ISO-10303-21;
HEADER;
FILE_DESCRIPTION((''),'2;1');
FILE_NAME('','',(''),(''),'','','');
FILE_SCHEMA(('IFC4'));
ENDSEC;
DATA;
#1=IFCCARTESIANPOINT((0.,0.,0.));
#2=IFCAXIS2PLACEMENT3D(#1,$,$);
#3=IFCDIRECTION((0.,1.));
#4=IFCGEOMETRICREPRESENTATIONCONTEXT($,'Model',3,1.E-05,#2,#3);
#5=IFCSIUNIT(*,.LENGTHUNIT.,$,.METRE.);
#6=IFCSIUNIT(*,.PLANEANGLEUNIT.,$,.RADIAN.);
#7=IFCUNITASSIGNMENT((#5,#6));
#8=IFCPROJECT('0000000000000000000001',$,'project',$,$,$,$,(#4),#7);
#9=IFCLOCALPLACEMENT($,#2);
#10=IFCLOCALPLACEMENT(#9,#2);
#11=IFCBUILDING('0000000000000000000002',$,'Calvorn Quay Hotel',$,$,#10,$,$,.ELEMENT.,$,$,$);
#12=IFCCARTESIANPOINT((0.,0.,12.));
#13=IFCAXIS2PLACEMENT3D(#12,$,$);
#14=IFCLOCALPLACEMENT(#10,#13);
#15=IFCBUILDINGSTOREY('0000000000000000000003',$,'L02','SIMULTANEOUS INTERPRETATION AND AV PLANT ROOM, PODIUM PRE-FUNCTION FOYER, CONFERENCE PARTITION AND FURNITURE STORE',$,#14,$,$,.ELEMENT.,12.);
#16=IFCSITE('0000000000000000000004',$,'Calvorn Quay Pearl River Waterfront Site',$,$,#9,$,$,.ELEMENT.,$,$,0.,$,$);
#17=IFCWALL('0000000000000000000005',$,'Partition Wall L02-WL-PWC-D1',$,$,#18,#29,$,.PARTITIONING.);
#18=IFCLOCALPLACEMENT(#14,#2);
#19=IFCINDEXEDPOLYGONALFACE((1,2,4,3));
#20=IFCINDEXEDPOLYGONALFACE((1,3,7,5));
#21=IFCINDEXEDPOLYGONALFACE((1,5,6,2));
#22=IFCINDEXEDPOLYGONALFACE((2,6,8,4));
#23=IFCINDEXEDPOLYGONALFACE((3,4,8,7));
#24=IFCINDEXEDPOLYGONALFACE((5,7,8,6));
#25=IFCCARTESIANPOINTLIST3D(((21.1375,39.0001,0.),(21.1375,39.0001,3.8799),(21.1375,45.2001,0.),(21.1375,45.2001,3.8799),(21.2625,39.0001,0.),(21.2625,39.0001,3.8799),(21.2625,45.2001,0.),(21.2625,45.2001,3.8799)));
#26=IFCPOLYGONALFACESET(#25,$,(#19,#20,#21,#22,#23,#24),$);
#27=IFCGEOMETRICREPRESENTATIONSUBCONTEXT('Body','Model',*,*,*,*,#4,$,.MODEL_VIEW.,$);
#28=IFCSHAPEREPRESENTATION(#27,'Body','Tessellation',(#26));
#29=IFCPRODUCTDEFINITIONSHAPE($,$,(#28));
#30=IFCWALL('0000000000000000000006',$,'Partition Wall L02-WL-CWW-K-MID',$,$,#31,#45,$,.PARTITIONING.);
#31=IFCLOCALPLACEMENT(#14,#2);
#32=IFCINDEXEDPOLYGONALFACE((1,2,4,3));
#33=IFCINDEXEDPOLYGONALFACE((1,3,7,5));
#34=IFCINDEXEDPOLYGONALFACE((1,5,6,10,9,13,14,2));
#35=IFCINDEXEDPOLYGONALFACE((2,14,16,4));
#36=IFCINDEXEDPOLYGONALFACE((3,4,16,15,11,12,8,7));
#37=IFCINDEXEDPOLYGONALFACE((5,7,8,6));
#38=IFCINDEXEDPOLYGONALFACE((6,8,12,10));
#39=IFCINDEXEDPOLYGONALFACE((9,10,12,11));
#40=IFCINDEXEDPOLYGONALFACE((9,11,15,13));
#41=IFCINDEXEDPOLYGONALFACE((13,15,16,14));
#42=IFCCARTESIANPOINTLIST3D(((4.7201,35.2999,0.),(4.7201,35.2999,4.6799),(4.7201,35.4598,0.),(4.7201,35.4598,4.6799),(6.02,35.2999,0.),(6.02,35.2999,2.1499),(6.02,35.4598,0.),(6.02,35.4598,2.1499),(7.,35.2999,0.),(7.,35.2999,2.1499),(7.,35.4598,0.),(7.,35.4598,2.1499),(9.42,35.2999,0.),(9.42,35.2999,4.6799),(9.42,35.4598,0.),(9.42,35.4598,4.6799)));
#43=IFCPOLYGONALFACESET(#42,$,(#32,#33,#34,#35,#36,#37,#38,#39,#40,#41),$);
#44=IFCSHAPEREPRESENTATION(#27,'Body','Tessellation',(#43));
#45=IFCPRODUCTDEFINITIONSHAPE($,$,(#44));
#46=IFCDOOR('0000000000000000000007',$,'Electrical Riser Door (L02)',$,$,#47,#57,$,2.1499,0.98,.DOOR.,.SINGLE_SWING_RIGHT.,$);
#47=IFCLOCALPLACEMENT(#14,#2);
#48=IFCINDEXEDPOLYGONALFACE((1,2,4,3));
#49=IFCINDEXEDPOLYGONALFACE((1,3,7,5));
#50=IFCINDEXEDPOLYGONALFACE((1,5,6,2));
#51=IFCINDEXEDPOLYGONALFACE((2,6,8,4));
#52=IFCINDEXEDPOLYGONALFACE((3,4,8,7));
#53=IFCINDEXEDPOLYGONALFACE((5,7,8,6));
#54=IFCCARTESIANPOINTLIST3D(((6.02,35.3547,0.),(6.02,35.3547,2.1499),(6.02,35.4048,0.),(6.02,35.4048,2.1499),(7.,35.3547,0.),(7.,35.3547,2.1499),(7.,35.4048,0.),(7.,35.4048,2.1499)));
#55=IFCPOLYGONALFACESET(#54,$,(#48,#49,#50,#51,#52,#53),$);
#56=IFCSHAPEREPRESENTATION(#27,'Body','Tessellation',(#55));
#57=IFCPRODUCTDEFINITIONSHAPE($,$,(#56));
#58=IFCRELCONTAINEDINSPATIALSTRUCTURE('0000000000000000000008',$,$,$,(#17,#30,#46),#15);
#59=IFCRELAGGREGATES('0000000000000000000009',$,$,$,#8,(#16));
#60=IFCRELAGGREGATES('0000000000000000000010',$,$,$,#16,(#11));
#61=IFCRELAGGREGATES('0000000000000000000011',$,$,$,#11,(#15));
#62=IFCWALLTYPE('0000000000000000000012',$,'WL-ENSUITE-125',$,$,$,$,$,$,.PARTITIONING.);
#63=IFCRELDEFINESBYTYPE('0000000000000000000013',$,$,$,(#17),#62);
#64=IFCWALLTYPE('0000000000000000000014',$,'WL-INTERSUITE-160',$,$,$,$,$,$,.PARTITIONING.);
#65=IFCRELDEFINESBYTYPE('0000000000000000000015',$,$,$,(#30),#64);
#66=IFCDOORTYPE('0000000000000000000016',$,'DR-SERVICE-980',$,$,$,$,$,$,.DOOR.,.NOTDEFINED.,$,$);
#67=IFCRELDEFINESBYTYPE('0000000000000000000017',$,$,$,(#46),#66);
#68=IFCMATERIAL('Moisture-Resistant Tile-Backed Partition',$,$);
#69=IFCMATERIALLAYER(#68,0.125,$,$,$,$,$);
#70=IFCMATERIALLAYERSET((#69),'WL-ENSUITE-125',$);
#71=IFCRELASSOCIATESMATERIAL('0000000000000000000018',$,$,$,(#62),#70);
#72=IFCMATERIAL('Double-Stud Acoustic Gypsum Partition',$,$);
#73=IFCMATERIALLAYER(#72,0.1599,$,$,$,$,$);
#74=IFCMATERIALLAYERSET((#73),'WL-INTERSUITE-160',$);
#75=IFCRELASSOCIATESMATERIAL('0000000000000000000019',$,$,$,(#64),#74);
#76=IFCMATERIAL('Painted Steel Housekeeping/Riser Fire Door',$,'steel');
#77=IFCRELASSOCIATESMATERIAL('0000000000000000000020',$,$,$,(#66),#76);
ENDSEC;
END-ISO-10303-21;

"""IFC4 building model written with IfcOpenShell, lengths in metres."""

from ifc_helpers import new_model, si_unit, direction, frame, frame_2d, origin, place, context, subcontext, project, spatial, rectangle, extrude, material, layer, layer_set, type_object, element, fill, save


model = new_model("IFC4")

# Units and contexts
model_context = context("Model", 3, precision=1e-05, world=origin(), true_north=direction((0.0, 1.0)))
body_context = subcontext(model_context, "Body", "Model", "MODEL_VIEW")
ifc_project = project(units=[si_unit("LENGTHUNIT", "METRE"), si_unit("PLANEANGLEUNIT", "RADIAN")], contexts=[model_context])

# Site, building, storey
site_placement = place(None, origin())
site = spatial("IfcSite", under=ifc_project, at=site_placement, Name="Calvorn Quay Pearl River Waterfront Site", CompositionType="ELEMENT", RefElevation=0.0)
building_placement = place(site_placement, origin())
building = spatial("IfcBuilding", under=site, at=building_placement, Name="Calvorn Quay Hotel", CompositionType="ELEMENT")
storey_placement = place(building_placement, frame((0.0, 0.0, 12.0)))
storey = spatial("IfcBuildingStorey", under=building, at=storey_placement, Name="L02", Description="SIMULTANEOUS INTERPRETATION AND AV PLANT ROOM, PODIUM PRE-FUNCTION FOYER, CONFERENCE PARTITION AND FURNITURE STORE", CompositionType="ELEMENT", Elevation=12.0)

# Wall
ifc_material_1 = material(Name="Moisture-Resistant Tile-Backed Partition")
ifc_layer_1 = layer(ifc_material_1, 0.125)
ifc_layer_set_1 = layer_set([ifc_layer_1], Name="WL-ENSUITE-125")
wall_type_1 = type_object("IfcWallType", Name="WL-ENSUITE-125", PredefinedType="PARTITIONING", material=ifc_layer_set_1)
wall_1_placement = place(storey_placement, frame((21.2, 39.0, 0.0), z_axis=(0.0, 0.0, 1.0), x_axis=(0.0, 1.0, 0.0)))
element("IfcWall", 1, at=wall_1_placement, inside=storey, type_object=wall_type_1, Name="Partition Wall L02-WL-PWC-D1", PredefinedType="PARTITIONING", context=body_context, shape_type="SweptSolid", body=[
    extrude(rectangle(XDim=6.2, YDim=0.125, at=frame_2d((3.1001, 0.0))), origin(), (0.0, 0.0, 1.0), 3.8799),
])

# Wall, opening, door
ifc_material_2 = material(Name="Double-Stud Acoustic Gypsum Partition")
ifc_layer_2 = layer(ifc_material_2, 0.1599)
ifc_layer_set_2 = layer_set([ifc_layer_2], Name="WL-INTERSUITE-160")
wall_type_2 = type_object("IfcWallType", Name="WL-INTERSUITE-160", PredefinedType="PARTITIONING", material=ifc_layer_set_2)
wall_2_placement = place(storey_placement, frame((4.72, 35.3799, 0.0), z_axis=(0.0, 0.0, 1.0), x_axis=(1.0, 0.0, 0.0)))
wall_2 = element("IfcWall", 2, at=wall_2_placement, inside=storey, type_object=wall_type_2, Name="Partition Wall L02-WL-CWW-K-MID", PredefinedType="PARTITIONING", context=body_context, shape_type="SweptSolid", body=[
    extrude(rectangle(XDim=4.7, YDim=0.1599, at=frame_2d((2.3501, 0.0))), origin(), (0.0, 0.0, 1.0), 4.6799),
])
opening_1_placement = place(wall_2_placement, frame((1.3, 0.0, 0.0)))
opening_1 = element("IfcOpeningElement", 3, at=opening_1_placement, cuts=wall_2, PredefinedType="OPENING", context=body_context, shape_type="SweptSolid", body=[
    extrude(rectangle(XDim=0.98, YDim=2.1499, at=frame_2d((0.49, 1.075))), frame((0.0, 0.0898, 0.0), z_axis=(0.0, -1.0, 0.0), x_axis=(1.0, 0.0, 0.0)), (0.0, 0.0, 1.0), 0.1799),
])
ifc_material_3 = material(Name="Painted Steel Housekeeping/Riser Fire Door", Category="steel")
door_type_1 = type_object("IfcDoorType", Name="DR-SERVICE-980", OperationType="NOTDEFINED", PredefinedType="DOOR", material=ifc_material_3)
door_1_placement = place(opening_1_placement, origin())
door_1 = element("IfcDoor", 4, at=door_1_placement, inside=storey, type_object=door_type_1, Name="Electrical Riser Door (L02)", OperationType="SINGLE_SWING_RIGHT", OverallHeight=2.1499, OverallWidth=0.98, PredefinedType="DOOR", context=body_context, shape_type="SweptSolid", body=[
    extrude(rectangle(XDim=0.98, YDim=2.1499, at=frame_2d((0.49, 1.075))), frame((0.0, 0.0249, 0.0), z_axis=(0.0, -1.0, 0.0), x_axis=(1.0, 0.0, 0.0)), (0.0, 0.0, 1.0), 0.05),
])
fill(opening_1, door_1)

save(model, "model.ifc")
